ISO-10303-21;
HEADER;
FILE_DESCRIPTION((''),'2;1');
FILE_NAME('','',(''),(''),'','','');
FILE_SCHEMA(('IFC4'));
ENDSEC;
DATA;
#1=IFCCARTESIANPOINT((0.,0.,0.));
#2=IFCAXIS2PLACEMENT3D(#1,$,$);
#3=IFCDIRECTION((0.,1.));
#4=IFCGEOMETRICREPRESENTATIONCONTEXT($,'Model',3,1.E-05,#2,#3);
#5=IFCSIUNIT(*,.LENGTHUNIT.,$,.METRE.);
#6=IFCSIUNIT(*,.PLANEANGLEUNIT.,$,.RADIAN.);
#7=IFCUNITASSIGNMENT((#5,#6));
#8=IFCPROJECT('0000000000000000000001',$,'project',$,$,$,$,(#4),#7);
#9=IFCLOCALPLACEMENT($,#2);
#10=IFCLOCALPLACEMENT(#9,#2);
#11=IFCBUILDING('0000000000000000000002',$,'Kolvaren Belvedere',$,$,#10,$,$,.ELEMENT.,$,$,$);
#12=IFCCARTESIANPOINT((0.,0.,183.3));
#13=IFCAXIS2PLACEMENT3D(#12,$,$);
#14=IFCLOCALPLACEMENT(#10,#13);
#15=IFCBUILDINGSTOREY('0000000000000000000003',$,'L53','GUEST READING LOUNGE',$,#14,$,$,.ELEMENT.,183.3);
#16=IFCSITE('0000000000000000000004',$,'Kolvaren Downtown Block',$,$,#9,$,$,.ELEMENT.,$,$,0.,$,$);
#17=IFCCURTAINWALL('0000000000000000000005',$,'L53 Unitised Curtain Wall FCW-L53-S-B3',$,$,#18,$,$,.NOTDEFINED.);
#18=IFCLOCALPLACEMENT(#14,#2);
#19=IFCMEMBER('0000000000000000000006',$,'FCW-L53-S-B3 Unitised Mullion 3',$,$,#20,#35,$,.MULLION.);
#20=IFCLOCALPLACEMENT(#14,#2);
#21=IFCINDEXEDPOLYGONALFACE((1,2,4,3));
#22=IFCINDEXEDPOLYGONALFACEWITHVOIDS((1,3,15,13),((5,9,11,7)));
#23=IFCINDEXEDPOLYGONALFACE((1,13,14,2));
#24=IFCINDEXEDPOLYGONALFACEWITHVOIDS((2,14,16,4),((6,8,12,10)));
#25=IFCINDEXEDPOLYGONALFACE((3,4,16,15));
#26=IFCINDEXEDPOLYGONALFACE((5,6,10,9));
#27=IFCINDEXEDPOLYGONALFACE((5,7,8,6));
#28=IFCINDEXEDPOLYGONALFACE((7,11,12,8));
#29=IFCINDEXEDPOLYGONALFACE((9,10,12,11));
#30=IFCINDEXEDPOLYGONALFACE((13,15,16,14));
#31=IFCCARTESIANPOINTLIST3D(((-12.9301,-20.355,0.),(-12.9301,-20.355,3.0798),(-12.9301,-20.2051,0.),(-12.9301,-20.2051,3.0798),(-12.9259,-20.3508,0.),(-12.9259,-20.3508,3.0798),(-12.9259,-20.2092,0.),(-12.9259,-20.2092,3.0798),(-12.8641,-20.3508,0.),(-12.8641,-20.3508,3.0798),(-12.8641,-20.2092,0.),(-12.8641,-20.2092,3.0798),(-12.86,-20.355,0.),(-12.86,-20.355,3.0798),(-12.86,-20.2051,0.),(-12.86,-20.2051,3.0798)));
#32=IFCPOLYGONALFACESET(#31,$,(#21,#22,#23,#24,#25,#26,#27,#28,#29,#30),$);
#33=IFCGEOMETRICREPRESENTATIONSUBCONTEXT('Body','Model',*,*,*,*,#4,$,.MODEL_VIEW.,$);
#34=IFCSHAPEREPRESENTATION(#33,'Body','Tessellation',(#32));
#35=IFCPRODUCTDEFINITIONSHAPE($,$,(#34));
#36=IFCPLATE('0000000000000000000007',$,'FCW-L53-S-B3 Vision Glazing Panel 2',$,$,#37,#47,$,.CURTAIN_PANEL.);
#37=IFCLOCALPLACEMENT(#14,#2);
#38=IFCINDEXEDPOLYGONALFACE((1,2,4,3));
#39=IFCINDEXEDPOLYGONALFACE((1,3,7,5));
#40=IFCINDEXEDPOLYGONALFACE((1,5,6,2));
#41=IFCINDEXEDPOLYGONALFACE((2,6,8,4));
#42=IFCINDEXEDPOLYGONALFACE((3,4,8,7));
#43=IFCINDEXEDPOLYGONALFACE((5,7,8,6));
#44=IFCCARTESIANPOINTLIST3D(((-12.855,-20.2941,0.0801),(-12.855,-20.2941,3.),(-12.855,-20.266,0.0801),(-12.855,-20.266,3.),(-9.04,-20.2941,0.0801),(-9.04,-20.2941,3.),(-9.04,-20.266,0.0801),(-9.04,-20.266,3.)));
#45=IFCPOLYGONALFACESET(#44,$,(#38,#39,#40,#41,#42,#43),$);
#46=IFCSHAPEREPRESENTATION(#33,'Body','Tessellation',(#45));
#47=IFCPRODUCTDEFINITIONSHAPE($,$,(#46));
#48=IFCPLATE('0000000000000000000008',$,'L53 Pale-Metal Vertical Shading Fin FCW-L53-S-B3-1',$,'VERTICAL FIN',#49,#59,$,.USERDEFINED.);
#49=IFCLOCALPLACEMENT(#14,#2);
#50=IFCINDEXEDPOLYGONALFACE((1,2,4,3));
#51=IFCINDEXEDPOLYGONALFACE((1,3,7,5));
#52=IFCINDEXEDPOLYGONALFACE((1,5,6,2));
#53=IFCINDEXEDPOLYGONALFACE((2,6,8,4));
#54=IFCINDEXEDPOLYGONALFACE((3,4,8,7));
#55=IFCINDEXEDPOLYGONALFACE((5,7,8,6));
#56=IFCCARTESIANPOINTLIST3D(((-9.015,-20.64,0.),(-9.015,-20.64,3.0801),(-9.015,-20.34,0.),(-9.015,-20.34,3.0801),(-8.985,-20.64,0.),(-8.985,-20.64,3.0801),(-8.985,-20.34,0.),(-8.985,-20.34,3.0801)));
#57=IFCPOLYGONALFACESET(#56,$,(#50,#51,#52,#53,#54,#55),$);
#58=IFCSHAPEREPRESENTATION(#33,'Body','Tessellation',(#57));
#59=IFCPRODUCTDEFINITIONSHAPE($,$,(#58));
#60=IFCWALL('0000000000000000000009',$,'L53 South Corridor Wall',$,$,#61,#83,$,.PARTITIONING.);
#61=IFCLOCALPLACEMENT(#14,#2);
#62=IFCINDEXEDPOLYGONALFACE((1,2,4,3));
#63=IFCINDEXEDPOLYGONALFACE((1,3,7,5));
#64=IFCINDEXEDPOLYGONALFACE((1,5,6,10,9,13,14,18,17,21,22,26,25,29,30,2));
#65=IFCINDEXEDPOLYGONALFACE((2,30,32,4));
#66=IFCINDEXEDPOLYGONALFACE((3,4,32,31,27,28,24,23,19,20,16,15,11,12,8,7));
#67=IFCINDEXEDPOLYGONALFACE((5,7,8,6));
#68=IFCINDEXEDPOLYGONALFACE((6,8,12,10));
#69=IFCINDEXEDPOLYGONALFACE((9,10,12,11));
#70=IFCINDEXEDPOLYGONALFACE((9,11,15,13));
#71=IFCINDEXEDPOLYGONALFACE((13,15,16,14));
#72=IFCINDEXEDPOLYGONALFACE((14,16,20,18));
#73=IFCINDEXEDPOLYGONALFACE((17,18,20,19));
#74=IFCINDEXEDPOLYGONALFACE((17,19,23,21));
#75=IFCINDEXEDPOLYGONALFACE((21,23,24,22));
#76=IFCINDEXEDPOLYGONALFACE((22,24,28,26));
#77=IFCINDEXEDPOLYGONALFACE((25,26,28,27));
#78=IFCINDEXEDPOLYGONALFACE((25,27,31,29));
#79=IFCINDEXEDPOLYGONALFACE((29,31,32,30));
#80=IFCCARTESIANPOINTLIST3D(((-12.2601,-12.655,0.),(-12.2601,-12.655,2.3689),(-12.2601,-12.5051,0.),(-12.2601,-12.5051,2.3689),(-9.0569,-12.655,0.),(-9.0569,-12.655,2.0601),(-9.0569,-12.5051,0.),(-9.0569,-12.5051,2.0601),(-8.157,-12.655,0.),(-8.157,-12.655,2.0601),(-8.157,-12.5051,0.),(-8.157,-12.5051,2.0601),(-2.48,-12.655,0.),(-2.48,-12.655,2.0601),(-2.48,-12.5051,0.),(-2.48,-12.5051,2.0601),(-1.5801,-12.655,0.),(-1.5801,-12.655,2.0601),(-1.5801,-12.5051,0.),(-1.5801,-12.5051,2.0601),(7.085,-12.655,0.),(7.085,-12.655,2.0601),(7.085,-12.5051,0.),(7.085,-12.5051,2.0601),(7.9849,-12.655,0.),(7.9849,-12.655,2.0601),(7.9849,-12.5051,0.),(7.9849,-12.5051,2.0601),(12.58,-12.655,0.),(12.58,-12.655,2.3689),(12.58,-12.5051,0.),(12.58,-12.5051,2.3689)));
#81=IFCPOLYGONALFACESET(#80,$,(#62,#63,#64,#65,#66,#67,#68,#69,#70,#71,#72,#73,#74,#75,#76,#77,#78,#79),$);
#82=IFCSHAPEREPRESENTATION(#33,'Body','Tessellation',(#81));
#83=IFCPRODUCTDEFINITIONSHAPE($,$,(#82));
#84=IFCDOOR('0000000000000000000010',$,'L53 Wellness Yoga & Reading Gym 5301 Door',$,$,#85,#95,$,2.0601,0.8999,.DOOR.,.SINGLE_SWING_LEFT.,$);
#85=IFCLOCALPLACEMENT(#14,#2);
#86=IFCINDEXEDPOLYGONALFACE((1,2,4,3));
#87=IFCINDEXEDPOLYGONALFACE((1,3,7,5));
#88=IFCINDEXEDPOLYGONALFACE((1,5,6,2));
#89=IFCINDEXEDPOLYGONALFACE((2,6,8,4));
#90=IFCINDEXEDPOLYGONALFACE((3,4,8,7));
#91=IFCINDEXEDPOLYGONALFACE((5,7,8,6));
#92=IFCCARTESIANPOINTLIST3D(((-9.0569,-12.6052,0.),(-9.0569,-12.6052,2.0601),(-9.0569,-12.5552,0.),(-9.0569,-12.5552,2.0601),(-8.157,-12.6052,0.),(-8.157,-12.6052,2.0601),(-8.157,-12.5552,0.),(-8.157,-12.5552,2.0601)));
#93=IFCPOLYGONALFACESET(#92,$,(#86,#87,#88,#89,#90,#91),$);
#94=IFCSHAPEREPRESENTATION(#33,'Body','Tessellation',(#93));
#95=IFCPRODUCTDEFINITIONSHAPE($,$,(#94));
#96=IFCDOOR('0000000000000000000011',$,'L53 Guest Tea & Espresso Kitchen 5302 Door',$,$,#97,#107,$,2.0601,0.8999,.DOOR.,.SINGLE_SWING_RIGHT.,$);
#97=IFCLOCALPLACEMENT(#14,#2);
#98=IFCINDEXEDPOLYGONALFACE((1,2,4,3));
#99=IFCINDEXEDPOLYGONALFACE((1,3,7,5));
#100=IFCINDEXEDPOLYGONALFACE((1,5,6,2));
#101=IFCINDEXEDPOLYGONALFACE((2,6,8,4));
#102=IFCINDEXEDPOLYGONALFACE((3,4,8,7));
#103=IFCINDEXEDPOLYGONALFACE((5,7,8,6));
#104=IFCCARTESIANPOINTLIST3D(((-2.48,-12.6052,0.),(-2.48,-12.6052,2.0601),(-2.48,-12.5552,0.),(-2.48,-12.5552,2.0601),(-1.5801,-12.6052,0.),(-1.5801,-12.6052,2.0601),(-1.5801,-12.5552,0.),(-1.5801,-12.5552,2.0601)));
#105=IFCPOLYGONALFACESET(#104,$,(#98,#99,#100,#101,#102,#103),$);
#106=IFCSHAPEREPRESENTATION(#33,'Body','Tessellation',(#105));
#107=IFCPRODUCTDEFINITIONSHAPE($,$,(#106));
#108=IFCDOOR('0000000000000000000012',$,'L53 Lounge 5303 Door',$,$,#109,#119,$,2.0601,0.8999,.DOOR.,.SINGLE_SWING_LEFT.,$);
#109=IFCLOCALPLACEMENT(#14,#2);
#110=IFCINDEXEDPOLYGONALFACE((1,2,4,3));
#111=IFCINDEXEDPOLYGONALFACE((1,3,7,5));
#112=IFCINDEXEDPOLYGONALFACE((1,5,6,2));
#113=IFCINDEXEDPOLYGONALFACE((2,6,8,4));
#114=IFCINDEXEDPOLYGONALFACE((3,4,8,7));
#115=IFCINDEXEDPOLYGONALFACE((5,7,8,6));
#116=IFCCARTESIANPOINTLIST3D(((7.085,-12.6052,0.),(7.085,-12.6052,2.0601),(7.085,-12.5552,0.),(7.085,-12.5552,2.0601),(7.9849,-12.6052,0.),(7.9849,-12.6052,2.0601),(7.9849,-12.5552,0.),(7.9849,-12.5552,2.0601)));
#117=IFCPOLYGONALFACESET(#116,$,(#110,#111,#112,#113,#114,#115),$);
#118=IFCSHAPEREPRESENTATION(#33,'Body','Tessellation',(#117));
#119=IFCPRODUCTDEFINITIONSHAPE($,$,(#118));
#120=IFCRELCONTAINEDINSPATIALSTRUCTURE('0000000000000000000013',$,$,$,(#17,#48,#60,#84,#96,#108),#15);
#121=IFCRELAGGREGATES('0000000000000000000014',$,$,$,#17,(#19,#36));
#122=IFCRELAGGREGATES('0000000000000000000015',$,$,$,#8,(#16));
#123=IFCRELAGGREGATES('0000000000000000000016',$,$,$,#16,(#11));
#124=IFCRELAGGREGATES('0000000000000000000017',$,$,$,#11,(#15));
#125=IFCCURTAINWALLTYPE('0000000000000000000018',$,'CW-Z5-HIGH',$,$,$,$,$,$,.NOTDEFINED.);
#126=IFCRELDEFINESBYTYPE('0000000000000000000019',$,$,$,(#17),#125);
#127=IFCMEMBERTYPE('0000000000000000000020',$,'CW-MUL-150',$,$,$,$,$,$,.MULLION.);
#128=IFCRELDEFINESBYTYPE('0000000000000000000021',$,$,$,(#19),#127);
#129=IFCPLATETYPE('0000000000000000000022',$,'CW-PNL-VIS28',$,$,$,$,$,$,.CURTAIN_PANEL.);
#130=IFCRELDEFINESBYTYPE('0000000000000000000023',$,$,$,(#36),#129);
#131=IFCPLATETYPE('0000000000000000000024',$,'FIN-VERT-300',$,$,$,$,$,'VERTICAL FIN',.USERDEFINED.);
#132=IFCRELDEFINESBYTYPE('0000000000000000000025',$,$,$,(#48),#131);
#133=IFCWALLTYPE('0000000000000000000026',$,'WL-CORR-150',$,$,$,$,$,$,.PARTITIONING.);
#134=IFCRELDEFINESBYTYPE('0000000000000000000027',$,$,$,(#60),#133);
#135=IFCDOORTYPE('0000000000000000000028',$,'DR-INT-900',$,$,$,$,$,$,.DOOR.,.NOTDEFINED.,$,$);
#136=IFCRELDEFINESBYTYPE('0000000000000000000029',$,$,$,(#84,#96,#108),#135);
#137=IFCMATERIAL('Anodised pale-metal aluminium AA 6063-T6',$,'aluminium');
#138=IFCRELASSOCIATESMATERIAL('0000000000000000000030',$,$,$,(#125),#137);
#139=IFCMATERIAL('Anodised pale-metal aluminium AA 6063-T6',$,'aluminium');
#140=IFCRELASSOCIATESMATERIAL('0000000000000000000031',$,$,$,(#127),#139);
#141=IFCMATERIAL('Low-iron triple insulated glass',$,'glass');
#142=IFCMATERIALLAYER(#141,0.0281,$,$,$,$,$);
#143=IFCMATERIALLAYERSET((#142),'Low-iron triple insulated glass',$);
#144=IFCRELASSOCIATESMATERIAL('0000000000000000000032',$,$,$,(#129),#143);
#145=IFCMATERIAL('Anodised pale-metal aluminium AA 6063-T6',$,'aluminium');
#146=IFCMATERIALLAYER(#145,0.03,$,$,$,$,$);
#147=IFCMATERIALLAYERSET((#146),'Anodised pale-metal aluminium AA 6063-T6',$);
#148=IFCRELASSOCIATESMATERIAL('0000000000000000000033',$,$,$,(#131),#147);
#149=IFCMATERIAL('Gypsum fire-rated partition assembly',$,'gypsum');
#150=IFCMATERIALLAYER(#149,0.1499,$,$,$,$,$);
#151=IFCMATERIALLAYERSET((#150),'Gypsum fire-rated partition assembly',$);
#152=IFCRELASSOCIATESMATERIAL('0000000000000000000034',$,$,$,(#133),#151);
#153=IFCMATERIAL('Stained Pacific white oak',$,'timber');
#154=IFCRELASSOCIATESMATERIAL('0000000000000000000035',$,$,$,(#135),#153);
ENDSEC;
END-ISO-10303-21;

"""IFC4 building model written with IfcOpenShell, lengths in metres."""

from ifc_helpers import new_model, si_unit, direction, frame, frame_2d, origin, origin_2d, place, context, subcontext, project, spatial, rectangle, hollow_rectangle, extrude, material, layer, layer_set, material_profile, profile_set, type_object, element, fill, aggregate, save


model = new_model("IFC4")

# Units and contexts
model_context = context("Model", 3, precision=1e-05, world=origin(), true_north=direction((0.0, 1.0)))
body_context = subcontext(model_context, "Body", "Model", "MODEL_VIEW")
ifc_project = project(units=[si_unit("LENGTHUNIT", "METRE"), si_unit("PLANEANGLEUNIT", "RADIAN")], contexts=[model_context])

# Site, building, storey
site_placement = place(None, origin())
site = spatial("IfcSite", under=ifc_project, at=site_placement, Name="Kolvaren Downtown Block", CompositionType="ELEMENT", RefElevation=0.0)
building_placement = place(site_placement, origin())
building = spatial("IfcBuilding", under=site, at=building_placement, Name="Kolvaren Belvedere", CompositionType="ELEMENT")
storey_placement = place(building_placement, frame((0.0, 0.0, 183.3)))
storey = spatial("IfcBuildingStorey", under=building, at=storey_placement, Name="L53", Description="GUEST READING LOUNGE", CompositionType="ELEMENT", Elevation=183.3)

# Curtain wall, member, plate
ifc_material_1 = material(Name="Anodised pale-metal aluminium AA 6063-T6", Category="aluminium")
curtain_wall_type = type_object("IfcCurtainWallType", Name="CW-Z5-HIGH", PredefinedType="NOTDEFINED", material=ifc_material_1)
curtain_wall_placement = place(storey_placement, origin())
curtain_wall = element("IfcCurtainWall", 1, at=curtain_wall_placement, inside=storey, type_object=curtain_wall_type, Name="L53 Unitised Curtain Wall FCW-L53-S-B3", PredefinedType="NOTDEFINED")
ifc_material_2 = material(Name="Anodised pale-metal aluminium AA 6063-T6", Category="aluminium")
ifc_material_profile_1 = material_profile(ifc_material_2, hollow_rectangle(XDim=0.0701, YDim=0.1499, WallThickness=0.0042, at=origin_2d()), Name="ALU-MUL-150X70")
ifc_profile_set_1 = profile_set([ifc_material_profile_1], Name="Anodised pale-metal aluminium AA 6063-T6")
member_type = type_object("IfcMemberType", Name="CW-MUL-150", PredefinedType="MULLION", material=ifc_profile_set_1)
member_1_placement = place(storey_placement, frame((-12.895, -20.28, 0.0), z_axis=(0.0, 0.0, 1.0), x_axis=(1.0, 0.0, 0.0)))
member_1 = element("IfcMember", 2, at=member_1_placement, type_object=member_type, Name="FCW-L53-S-B3 Unitised Mullion 3", PredefinedType="MULLION", context=body_context, shape_type="SweptSolid", body=[
    extrude(hollow_rectangle(XDim=0.0701, YDim=0.1499, WallThickness=0.0042, at=origin_2d()), origin(), (0.0, 0.0, 1.0), 3.0798),
])
ifc_material_3 = material(Name="Low-iron triple insulated glass", Category="glass")
ifc_layer_1 = layer(ifc_material_3, 0.0281)
ifc_layer_set_1 = layer_set([ifc_layer_1], Name="Low-iron triple insulated glass")
plate_type_1 = type_object("IfcPlateType", Name="CW-PNL-VIS28", PredefinedType="CURTAIN_PANEL", material=ifc_layer_set_1)
plate_1_placement = place(storey_placement, frame((-10.9475, -20.28, 0.0801), z_axis=(0.0, 0.0, 1.0), x_axis=(-1.0, 0.0, 0.0)))
plate_1 = element("IfcPlate", 3, at=plate_1_placement, type_object=plate_type_1, Name="FCW-L53-S-B3 Vision Glazing Panel 2", PredefinedType="CURTAIN_PANEL", context=body_context, shape_type="SweptSolid", body=[
    extrude(rectangle(XDim=3.8149, YDim=0.0281, at=origin_2d()), origin(), (0.0, 0.0, 1.0), 2.9199),
])
aggregate(curtain_wall, [member_1, plate_1])

# Plate
ifc_material_4 = material(Name="Anodised pale-metal aluminium AA 6063-T6", Category="aluminium")
ifc_layer_2 = layer(ifc_material_4, 0.03)
ifc_layer_set_2 = layer_set([ifc_layer_2], Name="Anodised pale-metal aluminium AA 6063-T6")
plate_type_2 = type_object("IfcPlateType", Name="FIN-VERT-300", ElementType="VERTICAL FIN", PredefinedType="USERDEFINED", material=ifc_layer_set_2)
plate_2_placement = place(storey_placement, frame((-9.0, -20.49, 0.0), z_axis=(0.0, 0.0, 1.0), x_axis=(0.0, 1.0, 0.0)))
element("IfcPlate", 4, at=plate_2_placement, inside=storey, type_object=plate_type_2, Name="L53 Pale-Metal Vertical Shading Fin FCW-L53-S-B3-1", ObjectType="VERTICAL FIN", PredefinedType="USERDEFINED", context=body_context, shape_type="SweptSolid", body=[
    extrude(rectangle(XDim=0.3, YDim=0.03, at=origin_2d()), origin(), (0.0, 0.0, 1.0), 3.0801),
])

# Wall, openings, doors
ifc_material_5 = material(Name="Gypsum fire-rated partition assembly", Category="gypsum")
ifc_layer_3 = layer(ifc_material_5, 0.1499)
ifc_layer_set_3 = layer_set([ifc_layer_3], Name="Gypsum fire-rated partition assembly")
wall_type_1 = type_object("IfcWallType", Name="WL-CORR-150", PredefinedType="PARTITIONING", material=ifc_layer_set_3)
wall_1_placement = place(storey_placement, frame((-12.26, -12.5801, 0.0), z_axis=(0.0, 0.0, 1.0), x_axis=(1.0, 0.0, 0.0)))
wall_1 = element("IfcWall", 5, at=wall_1_placement, inside=storey, type_object=wall_type_1, Name="L53 South Corridor Wall", PredefinedType="PARTITIONING", context=body_context, shape_type="SweptSolid", body=[
    extrude(rectangle(XDim=24.8401, YDim=0.1499, at=frame_2d((12.4199, 0.0))), origin(), (0.0, 0.0, 1.0), 2.3689),
])
opening_1_placement = place(wall_1_placement, frame((3.2031, 0.0, 0.0)))
opening_1 = element("IfcOpeningElement", 6, at=opening_1_placement, cuts=wall_1, PredefinedType="OPENING", context=body_context, shape_type="SweptSolid", body=[
    extrude(rectangle(XDim=0.8999, YDim=2.0601, at=frame_2d((0.45, 1.03))), frame((0.0, 0.085, 0.0), z_axis=(0.0, -1.0, 0.0), x_axis=(1.0, 0.0, 0.0)), (0.0, 0.0, 1.0), 0.1699),
])
opening_2_placement = place(wall_1_placement, frame((9.78, 0.0, 0.0)))
opening_2 = element("IfcOpeningElement", 7, at=opening_2_placement, cuts=wall_1, PredefinedType="OPENING", context=body_context, shape_type="SweptSolid", body=[
    extrude(rectangle(XDim=0.8999, YDim=2.0601, at=frame_2d((0.45, 1.03))), frame((0.0, 0.085, 0.0), z_axis=(0.0, -1.0, 0.0), x_axis=(1.0, 0.0, 0.0)), (0.0, 0.0, 1.0), 0.1699),
])
opening_3_placement = place(wall_1_placement, frame((19.345, 0.0, 0.0)))
opening_3 = element("IfcOpeningElement", 8, at=opening_3_placement, cuts=wall_1, PredefinedType="OPENING", context=body_context, shape_type="SweptSolid", body=[
    extrude(rectangle(XDim=0.8999, YDim=2.0601, at=frame_2d((0.45, 1.03))), frame((0.0, 0.085, 0.0), z_axis=(0.0, -1.0, 0.0), x_axis=(1.0, 0.0, 0.0)), (0.0, 0.0, 1.0), 0.1699),
])
ifc_material_6 = material(Name="Stained Pacific white oak", Category="timber")
door_type_1 = type_object("IfcDoorType", Name="DR-INT-900", OperationType="NOTDEFINED", PredefinedType="DOOR", material=ifc_material_6)
door_1_placement = place(opening_1_placement, origin())
door_1 = element("IfcDoor", 9, at=door_1_placement, inside=storey, type_object=door_type_1, Name="L53 Wellness Yoga & Reading Gym 5301 Door", OperationType="SINGLE_SWING_LEFT", OverallHeight=2.0601, OverallWidth=0.8999, PredefinedType="DOOR", context=body_context, shape_type="SweptSolid", body=[
    extrude(rectangle(XDim=0.8999, YDim=2.0601, at=frame_2d((0.45, 1.03))), frame((0.0, 0.0249, 0.0), z_axis=(0.0, -1.0, 0.0), x_axis=(1.0, 0.0, 0.0)), (0.0, 0.0, 1.0), 0.05),
])
fill(opening_1, door_1)
door_2_placement = place(opening_2_placement, origin())
door_2 = element("IfcDoor", 10, at=door_2_placement, inside=storey, type_object=door_type_1, Name="L53 Guest Tea & Espresso Kitchen 5302 Door", OperationType="SINGLE_SWING_RIGHT", OverallHeight=2.0601, OverallWidth=0.8999, PredefinedType="DOOR", context=body_context, shape_type="SweptSolid", body=[
    extrude(rectangle(XDim=0.8999, YDim=2.0601, at=frame_2d((0.45, 1.03))), frame((0.0, 0.0249, 0.0), z_axis=(0.0, -1.0, 0.0), x_axis=(1.0, 0.0, 0.0)), (0.0, 0.0, 1.0), 0.05),
])
fill(opening_2, door_2)
door_3_placement = place(opening_3_placement, origin())
door_3 = element("IfcDoor", 11, at=door_3_placement, inside=storey, type_object=door_type_1, Name="L53 Lounge 5303 Door", OperationType="SINGLE_SWING_LEFT", OverallHeight=2.0601, OverallWidth=0.8999, PredefinedType="DOOR", context=body_context, shape_type="SweptSolid", body=[
    extrude(rectangle(XDim=0.8999, YDim=2.0601, at=frame_2d((0.45, 1.03))), frame((0.0, 0.0249, 0.0), z_axis=(0.0, -1.0, 0.0), x_axis=(1.0, 0.0, 0.0)), (0.0, 0.0, 1.0), 0.05),
])
fill(opening_3, door_3)

save(model, "model.ifc")
